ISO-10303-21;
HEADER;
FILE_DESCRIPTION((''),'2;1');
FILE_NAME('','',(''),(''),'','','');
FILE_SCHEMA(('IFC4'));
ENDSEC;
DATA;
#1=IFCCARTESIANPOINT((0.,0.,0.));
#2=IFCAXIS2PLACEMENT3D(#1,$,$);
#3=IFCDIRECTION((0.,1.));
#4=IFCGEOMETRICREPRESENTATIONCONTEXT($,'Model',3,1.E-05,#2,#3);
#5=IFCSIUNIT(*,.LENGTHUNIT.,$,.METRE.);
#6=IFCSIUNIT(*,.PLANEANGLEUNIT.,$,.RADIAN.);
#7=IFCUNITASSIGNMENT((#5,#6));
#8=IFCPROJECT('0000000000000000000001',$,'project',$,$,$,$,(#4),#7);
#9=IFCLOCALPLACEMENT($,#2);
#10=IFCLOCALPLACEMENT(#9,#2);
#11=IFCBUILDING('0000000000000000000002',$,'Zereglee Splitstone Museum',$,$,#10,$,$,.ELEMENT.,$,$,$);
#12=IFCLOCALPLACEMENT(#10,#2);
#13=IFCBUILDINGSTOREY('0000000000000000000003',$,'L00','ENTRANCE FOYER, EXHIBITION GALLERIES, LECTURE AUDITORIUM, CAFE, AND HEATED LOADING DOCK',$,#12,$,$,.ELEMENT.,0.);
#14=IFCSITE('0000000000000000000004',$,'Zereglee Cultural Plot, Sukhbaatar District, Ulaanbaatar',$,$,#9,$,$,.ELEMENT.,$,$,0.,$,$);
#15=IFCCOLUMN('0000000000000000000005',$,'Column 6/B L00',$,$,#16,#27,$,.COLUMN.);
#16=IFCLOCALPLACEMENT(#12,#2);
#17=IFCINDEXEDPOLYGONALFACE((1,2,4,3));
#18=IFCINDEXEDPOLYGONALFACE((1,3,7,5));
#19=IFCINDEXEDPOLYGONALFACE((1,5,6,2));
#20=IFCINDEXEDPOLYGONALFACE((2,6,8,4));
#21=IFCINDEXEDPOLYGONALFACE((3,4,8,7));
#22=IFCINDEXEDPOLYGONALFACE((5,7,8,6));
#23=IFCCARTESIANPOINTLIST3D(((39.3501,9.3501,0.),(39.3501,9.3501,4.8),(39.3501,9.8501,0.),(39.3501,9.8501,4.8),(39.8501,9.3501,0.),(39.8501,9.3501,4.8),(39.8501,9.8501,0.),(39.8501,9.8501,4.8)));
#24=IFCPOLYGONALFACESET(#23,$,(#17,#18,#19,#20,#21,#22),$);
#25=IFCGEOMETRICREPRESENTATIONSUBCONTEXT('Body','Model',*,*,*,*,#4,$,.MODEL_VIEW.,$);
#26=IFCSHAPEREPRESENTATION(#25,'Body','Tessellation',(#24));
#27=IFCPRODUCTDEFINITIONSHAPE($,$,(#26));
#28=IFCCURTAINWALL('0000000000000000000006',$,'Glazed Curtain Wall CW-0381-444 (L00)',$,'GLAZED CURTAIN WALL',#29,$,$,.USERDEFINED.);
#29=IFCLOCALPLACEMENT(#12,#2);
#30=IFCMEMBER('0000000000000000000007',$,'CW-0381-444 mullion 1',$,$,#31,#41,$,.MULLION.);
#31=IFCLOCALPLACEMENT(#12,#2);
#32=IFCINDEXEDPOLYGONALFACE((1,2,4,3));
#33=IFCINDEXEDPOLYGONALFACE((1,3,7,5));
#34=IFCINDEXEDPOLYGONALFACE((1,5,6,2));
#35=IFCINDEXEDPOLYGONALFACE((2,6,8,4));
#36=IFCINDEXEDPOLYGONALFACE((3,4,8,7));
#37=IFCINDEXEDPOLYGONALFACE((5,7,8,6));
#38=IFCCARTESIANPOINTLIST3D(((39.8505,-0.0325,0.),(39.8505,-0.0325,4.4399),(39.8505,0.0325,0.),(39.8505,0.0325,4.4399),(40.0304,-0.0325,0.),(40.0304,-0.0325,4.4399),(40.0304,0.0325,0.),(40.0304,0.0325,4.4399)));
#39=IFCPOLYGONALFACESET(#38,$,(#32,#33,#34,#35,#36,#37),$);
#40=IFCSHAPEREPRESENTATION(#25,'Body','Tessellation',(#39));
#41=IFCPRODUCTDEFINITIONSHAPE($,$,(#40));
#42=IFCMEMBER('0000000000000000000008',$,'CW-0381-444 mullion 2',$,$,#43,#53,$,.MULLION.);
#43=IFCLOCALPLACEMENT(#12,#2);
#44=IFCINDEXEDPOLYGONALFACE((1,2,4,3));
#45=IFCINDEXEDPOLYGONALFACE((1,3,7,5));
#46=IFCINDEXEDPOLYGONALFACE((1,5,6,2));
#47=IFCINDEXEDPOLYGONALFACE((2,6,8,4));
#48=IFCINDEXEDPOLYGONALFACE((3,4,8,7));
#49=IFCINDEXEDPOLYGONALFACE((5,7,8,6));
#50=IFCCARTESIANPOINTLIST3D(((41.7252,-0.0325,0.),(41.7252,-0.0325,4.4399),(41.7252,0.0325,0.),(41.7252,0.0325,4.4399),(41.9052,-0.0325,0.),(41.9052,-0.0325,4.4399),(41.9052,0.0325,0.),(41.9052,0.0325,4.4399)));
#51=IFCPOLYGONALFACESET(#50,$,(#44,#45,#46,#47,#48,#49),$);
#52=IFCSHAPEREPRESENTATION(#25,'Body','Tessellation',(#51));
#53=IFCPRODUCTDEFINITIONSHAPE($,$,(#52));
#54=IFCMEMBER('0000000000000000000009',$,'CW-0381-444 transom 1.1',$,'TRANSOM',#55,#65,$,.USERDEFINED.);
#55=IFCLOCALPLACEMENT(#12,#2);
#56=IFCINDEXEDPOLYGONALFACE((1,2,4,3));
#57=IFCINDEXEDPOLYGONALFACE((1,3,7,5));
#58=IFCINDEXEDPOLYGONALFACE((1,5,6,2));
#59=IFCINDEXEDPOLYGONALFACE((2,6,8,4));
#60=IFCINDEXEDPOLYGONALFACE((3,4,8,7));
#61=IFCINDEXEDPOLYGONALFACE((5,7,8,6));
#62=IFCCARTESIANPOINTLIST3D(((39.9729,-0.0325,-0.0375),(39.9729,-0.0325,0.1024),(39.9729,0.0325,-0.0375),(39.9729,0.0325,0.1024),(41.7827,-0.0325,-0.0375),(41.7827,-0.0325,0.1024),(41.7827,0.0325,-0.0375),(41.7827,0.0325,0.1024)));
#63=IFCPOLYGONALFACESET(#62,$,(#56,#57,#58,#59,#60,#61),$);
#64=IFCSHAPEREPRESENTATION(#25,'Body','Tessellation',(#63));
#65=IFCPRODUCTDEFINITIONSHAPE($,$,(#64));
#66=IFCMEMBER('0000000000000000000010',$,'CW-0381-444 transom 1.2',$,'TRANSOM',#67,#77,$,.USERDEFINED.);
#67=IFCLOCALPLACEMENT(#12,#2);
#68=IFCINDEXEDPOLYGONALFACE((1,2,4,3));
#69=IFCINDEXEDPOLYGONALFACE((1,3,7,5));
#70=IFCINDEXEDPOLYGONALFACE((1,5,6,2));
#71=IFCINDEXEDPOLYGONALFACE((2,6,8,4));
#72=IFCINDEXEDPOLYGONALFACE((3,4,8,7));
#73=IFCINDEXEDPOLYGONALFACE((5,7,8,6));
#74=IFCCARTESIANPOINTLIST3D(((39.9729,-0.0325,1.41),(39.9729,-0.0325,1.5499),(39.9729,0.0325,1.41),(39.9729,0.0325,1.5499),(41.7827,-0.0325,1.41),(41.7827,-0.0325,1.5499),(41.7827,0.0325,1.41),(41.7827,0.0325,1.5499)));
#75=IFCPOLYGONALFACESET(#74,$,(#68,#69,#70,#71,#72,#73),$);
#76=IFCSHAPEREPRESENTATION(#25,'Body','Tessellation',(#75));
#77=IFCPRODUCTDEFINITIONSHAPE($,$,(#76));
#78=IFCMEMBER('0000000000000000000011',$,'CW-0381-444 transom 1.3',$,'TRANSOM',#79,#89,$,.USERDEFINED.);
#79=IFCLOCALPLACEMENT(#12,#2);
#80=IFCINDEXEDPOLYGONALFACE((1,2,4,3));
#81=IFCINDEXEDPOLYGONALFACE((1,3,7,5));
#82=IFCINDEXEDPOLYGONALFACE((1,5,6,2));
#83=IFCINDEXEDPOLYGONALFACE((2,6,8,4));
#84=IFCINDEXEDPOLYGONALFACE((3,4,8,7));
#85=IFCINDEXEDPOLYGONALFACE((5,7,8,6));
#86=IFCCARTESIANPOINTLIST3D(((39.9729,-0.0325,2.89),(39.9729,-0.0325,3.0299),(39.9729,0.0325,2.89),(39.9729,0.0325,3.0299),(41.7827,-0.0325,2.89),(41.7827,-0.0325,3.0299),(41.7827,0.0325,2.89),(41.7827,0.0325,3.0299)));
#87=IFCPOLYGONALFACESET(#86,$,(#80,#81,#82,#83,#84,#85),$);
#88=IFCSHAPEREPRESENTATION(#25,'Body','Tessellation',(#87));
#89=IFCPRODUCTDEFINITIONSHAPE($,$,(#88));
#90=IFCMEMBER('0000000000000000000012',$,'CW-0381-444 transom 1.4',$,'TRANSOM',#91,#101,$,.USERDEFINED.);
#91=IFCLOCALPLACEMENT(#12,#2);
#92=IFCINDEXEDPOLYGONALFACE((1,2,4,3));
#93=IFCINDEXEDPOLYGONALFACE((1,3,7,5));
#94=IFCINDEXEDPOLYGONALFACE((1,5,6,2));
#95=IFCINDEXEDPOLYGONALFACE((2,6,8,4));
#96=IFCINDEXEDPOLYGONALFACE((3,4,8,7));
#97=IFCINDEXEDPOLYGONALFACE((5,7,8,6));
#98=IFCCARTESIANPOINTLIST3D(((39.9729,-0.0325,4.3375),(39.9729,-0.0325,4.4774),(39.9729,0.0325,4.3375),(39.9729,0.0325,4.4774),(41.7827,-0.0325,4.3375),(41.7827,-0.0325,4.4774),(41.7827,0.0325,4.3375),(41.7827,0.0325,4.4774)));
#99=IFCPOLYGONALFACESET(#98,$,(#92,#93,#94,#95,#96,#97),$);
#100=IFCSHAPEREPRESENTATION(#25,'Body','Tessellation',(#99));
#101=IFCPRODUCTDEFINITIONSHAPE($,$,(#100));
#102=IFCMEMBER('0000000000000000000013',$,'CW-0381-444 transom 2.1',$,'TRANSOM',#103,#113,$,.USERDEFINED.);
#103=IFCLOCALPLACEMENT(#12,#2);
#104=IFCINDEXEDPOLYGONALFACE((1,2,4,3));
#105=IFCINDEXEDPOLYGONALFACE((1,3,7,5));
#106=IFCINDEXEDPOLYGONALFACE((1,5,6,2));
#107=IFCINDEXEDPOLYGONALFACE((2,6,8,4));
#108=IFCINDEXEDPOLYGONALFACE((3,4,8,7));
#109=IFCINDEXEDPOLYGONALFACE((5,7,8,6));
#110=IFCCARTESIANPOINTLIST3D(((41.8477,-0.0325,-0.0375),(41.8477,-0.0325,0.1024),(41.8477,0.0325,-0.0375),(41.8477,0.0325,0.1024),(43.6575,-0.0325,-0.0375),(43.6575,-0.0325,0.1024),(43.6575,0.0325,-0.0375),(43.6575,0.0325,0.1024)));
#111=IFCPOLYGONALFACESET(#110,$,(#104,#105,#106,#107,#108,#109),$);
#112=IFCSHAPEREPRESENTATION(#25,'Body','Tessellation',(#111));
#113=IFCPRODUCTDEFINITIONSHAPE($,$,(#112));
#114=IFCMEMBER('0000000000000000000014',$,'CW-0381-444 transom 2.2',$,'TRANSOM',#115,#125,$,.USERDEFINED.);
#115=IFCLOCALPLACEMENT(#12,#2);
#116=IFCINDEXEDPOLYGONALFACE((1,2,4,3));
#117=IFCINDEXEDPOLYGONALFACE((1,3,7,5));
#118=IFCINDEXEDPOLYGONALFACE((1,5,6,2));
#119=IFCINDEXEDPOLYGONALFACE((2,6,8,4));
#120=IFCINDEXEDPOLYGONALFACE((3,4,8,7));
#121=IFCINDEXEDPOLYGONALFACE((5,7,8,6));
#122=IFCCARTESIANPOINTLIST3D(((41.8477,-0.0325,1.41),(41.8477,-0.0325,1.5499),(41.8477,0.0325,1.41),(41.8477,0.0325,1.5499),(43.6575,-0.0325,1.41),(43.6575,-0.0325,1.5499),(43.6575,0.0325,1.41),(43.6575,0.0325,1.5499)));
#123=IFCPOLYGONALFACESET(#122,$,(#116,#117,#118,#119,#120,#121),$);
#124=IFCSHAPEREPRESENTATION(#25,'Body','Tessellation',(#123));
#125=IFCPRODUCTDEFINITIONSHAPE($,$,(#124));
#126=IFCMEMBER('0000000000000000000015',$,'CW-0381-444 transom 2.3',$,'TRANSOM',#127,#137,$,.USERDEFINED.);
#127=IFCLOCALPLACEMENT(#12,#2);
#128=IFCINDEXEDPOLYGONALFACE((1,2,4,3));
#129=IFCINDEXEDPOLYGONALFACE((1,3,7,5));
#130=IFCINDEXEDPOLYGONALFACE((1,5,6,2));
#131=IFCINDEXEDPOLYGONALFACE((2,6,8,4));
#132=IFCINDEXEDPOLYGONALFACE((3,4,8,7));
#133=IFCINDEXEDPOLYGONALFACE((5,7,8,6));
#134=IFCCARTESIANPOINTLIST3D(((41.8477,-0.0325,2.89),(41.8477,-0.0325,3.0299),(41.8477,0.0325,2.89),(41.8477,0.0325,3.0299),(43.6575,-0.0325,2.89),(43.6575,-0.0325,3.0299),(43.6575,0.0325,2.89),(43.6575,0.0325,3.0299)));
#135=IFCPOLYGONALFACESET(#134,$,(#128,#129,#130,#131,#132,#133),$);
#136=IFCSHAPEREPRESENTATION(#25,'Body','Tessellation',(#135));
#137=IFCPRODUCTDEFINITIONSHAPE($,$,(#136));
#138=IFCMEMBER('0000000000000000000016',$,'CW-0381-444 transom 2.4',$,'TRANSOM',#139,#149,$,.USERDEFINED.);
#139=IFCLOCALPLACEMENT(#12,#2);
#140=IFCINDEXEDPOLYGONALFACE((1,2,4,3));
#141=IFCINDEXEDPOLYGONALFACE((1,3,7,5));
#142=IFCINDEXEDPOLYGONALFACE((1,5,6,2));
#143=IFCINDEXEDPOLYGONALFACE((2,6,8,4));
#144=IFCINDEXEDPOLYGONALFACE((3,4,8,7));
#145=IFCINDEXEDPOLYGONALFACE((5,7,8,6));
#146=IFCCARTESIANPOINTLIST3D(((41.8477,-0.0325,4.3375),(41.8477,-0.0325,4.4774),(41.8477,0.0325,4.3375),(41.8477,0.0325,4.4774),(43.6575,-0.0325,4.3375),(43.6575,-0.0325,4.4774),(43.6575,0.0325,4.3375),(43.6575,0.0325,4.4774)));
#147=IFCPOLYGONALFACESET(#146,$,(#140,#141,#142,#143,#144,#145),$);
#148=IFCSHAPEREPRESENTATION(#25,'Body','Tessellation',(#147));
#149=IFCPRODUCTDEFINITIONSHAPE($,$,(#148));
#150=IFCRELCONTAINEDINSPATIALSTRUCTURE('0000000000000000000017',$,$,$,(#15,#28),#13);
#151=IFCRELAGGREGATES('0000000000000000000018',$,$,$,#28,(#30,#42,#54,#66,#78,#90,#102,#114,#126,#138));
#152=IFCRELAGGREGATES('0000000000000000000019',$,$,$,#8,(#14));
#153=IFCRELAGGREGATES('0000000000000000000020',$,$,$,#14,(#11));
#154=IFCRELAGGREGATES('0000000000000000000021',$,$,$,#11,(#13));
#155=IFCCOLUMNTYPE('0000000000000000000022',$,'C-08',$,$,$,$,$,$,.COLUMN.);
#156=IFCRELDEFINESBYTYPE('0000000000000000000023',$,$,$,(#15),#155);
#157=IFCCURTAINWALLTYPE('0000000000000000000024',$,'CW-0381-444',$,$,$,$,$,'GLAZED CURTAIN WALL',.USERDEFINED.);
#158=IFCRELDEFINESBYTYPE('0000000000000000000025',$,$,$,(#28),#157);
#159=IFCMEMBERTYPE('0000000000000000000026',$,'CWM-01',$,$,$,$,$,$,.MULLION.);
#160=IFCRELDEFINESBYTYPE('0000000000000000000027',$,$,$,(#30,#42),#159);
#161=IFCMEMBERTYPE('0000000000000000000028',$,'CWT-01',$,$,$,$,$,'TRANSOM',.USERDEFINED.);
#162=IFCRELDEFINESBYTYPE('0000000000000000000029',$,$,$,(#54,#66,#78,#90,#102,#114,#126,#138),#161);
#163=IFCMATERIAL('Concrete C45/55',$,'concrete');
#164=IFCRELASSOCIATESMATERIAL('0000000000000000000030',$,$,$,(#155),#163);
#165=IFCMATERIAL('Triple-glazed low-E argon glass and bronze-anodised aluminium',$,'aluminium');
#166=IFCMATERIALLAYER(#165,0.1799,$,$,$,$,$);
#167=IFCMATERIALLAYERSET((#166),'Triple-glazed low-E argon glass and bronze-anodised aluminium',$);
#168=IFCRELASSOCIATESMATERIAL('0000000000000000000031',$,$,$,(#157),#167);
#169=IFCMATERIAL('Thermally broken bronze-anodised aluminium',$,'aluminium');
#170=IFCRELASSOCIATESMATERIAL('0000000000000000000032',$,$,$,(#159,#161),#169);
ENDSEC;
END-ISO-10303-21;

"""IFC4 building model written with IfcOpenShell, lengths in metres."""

from ifc_helpers import new_model, si_unit, direction, frame, origin, origin_2d, place, context, subcontext, project, spatial, rectangle, extrude, material, layer, layer_set, material_profile, profile_set, type_object, element, aggregate, save


model = new_model("IFC4")

# Units and contexts
model_context = context("Model", 3, precision=1e-05, world=origin(), true_north=direction((0.0, 1.0)))
body_context = subcontext(model_context, "Body", "Model", "MODEL_VIEW")
ifc_project = project(units=[si_unit("LENGTHUNIT", "METRE"), si_unit("PLANEANGLEUNIT", "RADIAN")], contexts=[model_context])

# Site, building, storey
site_placement = place(None, origin())
site = spatial("IfcSite", under=ifc_project, at=site_placement, Name="Zereglee Cultural Plot, Sukhbaatar District, Ulaanbaatar", CompositionType="ELEMENT", RefElevation=0.0)
building_placement = place(site_placement, origin())
building = spatial("IfcBuilding", under=site, at=building_placement, Name="Zereglee Splitstone Museum", CompositionType="ELEMENT")
storey_placement = place(building_placement, origin())
storey = spatial("IfcBuildingStorey", under=building, at=storey_placement, Name="L00", Description="ENTRANCE FOYER, EXHIBITION GALLERIES, LECTURE AUDITORIUM, CAFE, AND HEATED LOADING DOCK", CompositionType="ELEMENT", Elevation=0.0)

# Column
ifc_material_1 = material(Name="Concrete C45/55", Category="concrete")
ifc_material_profile_1 = material_profile(ifc_material_1, rectangle(XDim=0.5, YDim=0.5, at=origin_2d()), Name="RC 500x500")
ifc_profile_set_1 = profile_set([ifc_material_profile_1], Name="Concrete C45/55")
column_type = type_object("IfcColumnType", Name="C-08", PredefinedType="COLUMN", material=ifc_profile_set_1)
column_placement = place(storey_placement, frame((39.6001, 9.6001, 0.0), z_axis=(0.0, 0.0, 1.0), x_axis=(1.0, 0.0, 0.0)))
element("IfcColumn", 1, at=column_placement, inside=storey, type_object=column_type, Name="Column 6/B L00", PredefinedType="COLUMN", context=body_context, shape_type="SweptSolid", body=[
    extrude(rectangle(XDim=0.5, YDim=0.5, at=origin_2d()), origin(), (0.0, 0.0, 1.0), 4.8),
])

# Curtain wall, members
ifc_material_2 = material(Name="Triple-glazed low-E argon glass and bronze-anodised aluminium", Category="aluminium")
ifc_layer_1 = layer(ifc_material_2, 0.1799)
ifc_layer_set_1 = layer_set([ifc_layer_1], Name="Triple-glazed low-E argon glass and bronze-anodised aluminium")
curtain_wall_type = type_object("IfcCurtainWallType", Name="CW-0381-444", ElementType="GLAZED CURTAIN WALL", PredefinedType="USERDEFINED", material=ifc_layer_set_1)
curtain_wall_placement = place(storey_placement, origin())
curtain_wall = element("IfcCurtainWall", 2, at=curtain_wall_placement, inside=storey, type_object=curtain_wall_type, Name="Glazed Curtain Wall CW-0381-444 (L00)", ObjectType="GLAZED CURTAIN WALL", PredefinedType="USERDEFINED")
ifc_material_3 = material(Name="Thermally broken bronze-anodised aluminium", Category="aluminium")
ifc_material_profile_2 = material_profile(ifc_material_3, rectangle(XDim=0.0649, YDim=0.1799, at=origin_2d()), Name="CW MULL 65x180")
ifc_profile_set_2 = profile_set([ifc_material_profile_2], Name="Thermally broken bronze-anodised aluminium")
member_type_1 = type_object("IfcMemberType", Name="CWM-01", PredefinedType="MULLION", material=ifc_profile_set_2)
member_1_placement = place(storey_placement, frame((39.9404, 0.0, 0.0), z_axis=(0.0, 0.0, 1.0), x_axis=(0.0, 1.0, 0.0)))
member_1 = element("IfcMember", 3, at=member_1_placement, type_object=member_type_1, Name="CW-0381-444 mullion 1", PredefinedType="MULLION", context=body_context, shape_type="SweptSolid", body=[
    extrude(rectangle(XDim=0.0649, YDim=0.1799, at=origin_2d()), origin(), (0.0, 0.0, 1.0), 4.4399),
])
member_2_placement = place(storey_placement, frame((41.8152, 0.0, 0.0), z_axis=(0.0, 0.0, 1.0), x_axis=(0.0, 1.0, 0.0)))
member_2 = element("IfcMember", 4, at=member_2_placement, type_object=member_type_1, Name="CW-0381-444 mullion 2", PredefinedType="MULLION", context=body_context, shape_type="SweptSolid", body=[
    extrude(rectangle(XDim=0.0649, YDim=0.1799, at=origin_2d()), origin(), (0.0, 0.0, 1.0), 4.4399),
])
ifc_material_profile_3 = material_profile(ifc_material_3, rectangle(XDim=0.0649, YDim=0.1399, at=origin_2d()), Name="CW TRAN 65x140")
ifc_profile_set_3 = profile_set([ifc_material_profile_3], Name="Thermally broken bronze-anodised aluminium")
member_type_2 = type_object("IfcMemberType", Name="CWT-01", ElementType="TRANSOM", PredefinedType="USERDEFINED", material=ifc_profile_set_3)
member_3_placement = place(storey_placement, frame((39.9729, 0.0, 0.0325), z_axis=(1.0, 0.0, 0.0), x_axis=(0.0, 1.0, 0.0)))
member_3 = element("IfcMember", 5, at=member_3_placement, type_object=member_type_2, Name="CW-0381-444 transom 1.1", ObjectType="TRANSOM", PredefinedType="USERDEFINED", context=body_context, shape_type="SweptSolid", body=[
    extrude(rectangle(XDim=0.0649, YDim=0.1399, at=origin_2d()), origin(), (0.0, 0.0, 1.0), 1.8098),
])
member_4_placement = place(storey_placement, frame((39.9729, 0.0, 1.48), z_axis=(1.0, 0.0, 0.0), x_axis=(0.0, 1.0, 0.0)))
member_4 = element("IfcMember", 6, at=member_4_placement, type_object=member_type_2, Name="CW-0381-444 transom 1.2", ObjectType="TRANSOM", PredefinedType="USERDEFINED", context=body_context, shape_type="SweptSolid", body=[
    extrude(rectangle(XDim=0.0649, YDim=0.1399, at=origin_2d()), origin(), (0.0, 0.0, 1.0), 1.8098),
])
member_5_placement = place(storey_placement, frame((39.9729, 0.0, 2.96), z_axis=(1.0, 0.0, 0.0), x_axis=(0.0, 1.0, 0.0)))
member_5 = element("IfcMember", 7, at=member_5_placement, type_object=member_type_2, Name="CW-0381-444 transom 1.3", ObjectType="TRANSOM", PredefinedType="USERDEFINED", context=body_context, shape_type="SweptSolid", body=[
    extrude(rectangle(XDim=0.0649, YDim=0.1399, at=origin_2d()), origin(), (0.0, 0.0, 1.0), 1.8098),
])
member_6_placement = place(storey_placement, frame((39.9729, 0.0, 4.4075), z_axis=(1.0, 0.0, 0.0), x_axis=(0.0, 1.0, 0.0)))
member_6 = element("IfcMember", 8, at=member_6_placement, type_object=member_type_2, Name="CW-0381-444 transom 1.4", ObjectType="TRANSOM", PredefinedType="USERDEFINED", context=body_context, shape_type="SweptSolid", body=[
    extrude(rectangle(XDim=0.0649, YDim=0.1399, at=origin_2d()), origin(), (0.0, 0.0, 1.0), 1.8098),
])
member_7_placement = place(storey_placement, frame((41.8477, 0.0, 0.0325), z_axis=(1.0, 0.0, 0.0), x_axis=(0.0, 1.0, 0.0)))
member_7 = element("IfcMember", 9, at=member_7_placement, type_object=member_type_2, Name="CW-0381-444 transom 2.1", ObjectType="TRANSOM", PredefinedType="USERDEFINED", context=body_context, shape_type="SweptSolid", body=[
    extrude(rectangle(XDim=0.0649, YDim=0.1399, at=origin_2d()), origin(), (0.0, 0.0, 1.0), 1.8098),
])
member_8_placement = place(storey_placement, frame((41.8477, 0.0, 1.48), z_axis=(1.0, 0.0, 0.0), x_axis=(0.0, 1.0, 0.0)))
member_8 = element("IfcMember", 10, at=member_8_placement, type_object=member_type_2, Name="CW-0381-444 transom 2.2", ObjectType="TRANSOM", PredefinedType="USERDEFINED", context=body_context, shape_type="SweptSolid", body=[
    extrude(rectangle(XDim=0.0649, YDim=0.1399, at=origin_2d()), origin(), (0.0, 0.0, 1.0), 1.8098),
])
member_9_placement = place(storey_placement, frame((41.8477, 0.0, 2.96), z_axis=(1.0, 0.0, 0.0), x_axis=(0.0, 1.0, 0.0)))
member_9 = element("IfcMember", 11, at=member_9_placement, type_object=member_type_2, Name="CW-0381-444 transom 2.3", ObjectType="TRANSOM", PredefinedType="USERDEFINED", context=body_context, shape_type="SweptSolid", body=[
    extrude(rectangle(XDim=0.0649, YDim=0.1399, at=origin_2d()), origin(), (0.0, 0.0, 1.0), 1.8098),
])
member_10_placement = place(storey_placement, frame((41.8477, 0.0, 4.4075), z_axis=(1.0, 0.0, 0.0), x_axis=(0.0, 1.0, 0.0)))
member_10 = element("IfcMember", 12, at=member_10_placement, type_object=member_type_2, Name="CW-0381-444 transom 2.4", ObjectType="TRANSOM", PredefinedType="USERDEFINED", context=body_context, shape_type="SweptSolid", body=[
    extrude(rectangle(XDim=0.0649, YDim=0.1399, at=origin_2d()), origin(), (0.0, 0.0, 1.0), 1.8098),
])

aggregate(curtain_wall, [member_1, member_2, member_3, member_4, member_5, member_6, member_7, member_8, member_9, member_10])

save(model, "model.ifc")
